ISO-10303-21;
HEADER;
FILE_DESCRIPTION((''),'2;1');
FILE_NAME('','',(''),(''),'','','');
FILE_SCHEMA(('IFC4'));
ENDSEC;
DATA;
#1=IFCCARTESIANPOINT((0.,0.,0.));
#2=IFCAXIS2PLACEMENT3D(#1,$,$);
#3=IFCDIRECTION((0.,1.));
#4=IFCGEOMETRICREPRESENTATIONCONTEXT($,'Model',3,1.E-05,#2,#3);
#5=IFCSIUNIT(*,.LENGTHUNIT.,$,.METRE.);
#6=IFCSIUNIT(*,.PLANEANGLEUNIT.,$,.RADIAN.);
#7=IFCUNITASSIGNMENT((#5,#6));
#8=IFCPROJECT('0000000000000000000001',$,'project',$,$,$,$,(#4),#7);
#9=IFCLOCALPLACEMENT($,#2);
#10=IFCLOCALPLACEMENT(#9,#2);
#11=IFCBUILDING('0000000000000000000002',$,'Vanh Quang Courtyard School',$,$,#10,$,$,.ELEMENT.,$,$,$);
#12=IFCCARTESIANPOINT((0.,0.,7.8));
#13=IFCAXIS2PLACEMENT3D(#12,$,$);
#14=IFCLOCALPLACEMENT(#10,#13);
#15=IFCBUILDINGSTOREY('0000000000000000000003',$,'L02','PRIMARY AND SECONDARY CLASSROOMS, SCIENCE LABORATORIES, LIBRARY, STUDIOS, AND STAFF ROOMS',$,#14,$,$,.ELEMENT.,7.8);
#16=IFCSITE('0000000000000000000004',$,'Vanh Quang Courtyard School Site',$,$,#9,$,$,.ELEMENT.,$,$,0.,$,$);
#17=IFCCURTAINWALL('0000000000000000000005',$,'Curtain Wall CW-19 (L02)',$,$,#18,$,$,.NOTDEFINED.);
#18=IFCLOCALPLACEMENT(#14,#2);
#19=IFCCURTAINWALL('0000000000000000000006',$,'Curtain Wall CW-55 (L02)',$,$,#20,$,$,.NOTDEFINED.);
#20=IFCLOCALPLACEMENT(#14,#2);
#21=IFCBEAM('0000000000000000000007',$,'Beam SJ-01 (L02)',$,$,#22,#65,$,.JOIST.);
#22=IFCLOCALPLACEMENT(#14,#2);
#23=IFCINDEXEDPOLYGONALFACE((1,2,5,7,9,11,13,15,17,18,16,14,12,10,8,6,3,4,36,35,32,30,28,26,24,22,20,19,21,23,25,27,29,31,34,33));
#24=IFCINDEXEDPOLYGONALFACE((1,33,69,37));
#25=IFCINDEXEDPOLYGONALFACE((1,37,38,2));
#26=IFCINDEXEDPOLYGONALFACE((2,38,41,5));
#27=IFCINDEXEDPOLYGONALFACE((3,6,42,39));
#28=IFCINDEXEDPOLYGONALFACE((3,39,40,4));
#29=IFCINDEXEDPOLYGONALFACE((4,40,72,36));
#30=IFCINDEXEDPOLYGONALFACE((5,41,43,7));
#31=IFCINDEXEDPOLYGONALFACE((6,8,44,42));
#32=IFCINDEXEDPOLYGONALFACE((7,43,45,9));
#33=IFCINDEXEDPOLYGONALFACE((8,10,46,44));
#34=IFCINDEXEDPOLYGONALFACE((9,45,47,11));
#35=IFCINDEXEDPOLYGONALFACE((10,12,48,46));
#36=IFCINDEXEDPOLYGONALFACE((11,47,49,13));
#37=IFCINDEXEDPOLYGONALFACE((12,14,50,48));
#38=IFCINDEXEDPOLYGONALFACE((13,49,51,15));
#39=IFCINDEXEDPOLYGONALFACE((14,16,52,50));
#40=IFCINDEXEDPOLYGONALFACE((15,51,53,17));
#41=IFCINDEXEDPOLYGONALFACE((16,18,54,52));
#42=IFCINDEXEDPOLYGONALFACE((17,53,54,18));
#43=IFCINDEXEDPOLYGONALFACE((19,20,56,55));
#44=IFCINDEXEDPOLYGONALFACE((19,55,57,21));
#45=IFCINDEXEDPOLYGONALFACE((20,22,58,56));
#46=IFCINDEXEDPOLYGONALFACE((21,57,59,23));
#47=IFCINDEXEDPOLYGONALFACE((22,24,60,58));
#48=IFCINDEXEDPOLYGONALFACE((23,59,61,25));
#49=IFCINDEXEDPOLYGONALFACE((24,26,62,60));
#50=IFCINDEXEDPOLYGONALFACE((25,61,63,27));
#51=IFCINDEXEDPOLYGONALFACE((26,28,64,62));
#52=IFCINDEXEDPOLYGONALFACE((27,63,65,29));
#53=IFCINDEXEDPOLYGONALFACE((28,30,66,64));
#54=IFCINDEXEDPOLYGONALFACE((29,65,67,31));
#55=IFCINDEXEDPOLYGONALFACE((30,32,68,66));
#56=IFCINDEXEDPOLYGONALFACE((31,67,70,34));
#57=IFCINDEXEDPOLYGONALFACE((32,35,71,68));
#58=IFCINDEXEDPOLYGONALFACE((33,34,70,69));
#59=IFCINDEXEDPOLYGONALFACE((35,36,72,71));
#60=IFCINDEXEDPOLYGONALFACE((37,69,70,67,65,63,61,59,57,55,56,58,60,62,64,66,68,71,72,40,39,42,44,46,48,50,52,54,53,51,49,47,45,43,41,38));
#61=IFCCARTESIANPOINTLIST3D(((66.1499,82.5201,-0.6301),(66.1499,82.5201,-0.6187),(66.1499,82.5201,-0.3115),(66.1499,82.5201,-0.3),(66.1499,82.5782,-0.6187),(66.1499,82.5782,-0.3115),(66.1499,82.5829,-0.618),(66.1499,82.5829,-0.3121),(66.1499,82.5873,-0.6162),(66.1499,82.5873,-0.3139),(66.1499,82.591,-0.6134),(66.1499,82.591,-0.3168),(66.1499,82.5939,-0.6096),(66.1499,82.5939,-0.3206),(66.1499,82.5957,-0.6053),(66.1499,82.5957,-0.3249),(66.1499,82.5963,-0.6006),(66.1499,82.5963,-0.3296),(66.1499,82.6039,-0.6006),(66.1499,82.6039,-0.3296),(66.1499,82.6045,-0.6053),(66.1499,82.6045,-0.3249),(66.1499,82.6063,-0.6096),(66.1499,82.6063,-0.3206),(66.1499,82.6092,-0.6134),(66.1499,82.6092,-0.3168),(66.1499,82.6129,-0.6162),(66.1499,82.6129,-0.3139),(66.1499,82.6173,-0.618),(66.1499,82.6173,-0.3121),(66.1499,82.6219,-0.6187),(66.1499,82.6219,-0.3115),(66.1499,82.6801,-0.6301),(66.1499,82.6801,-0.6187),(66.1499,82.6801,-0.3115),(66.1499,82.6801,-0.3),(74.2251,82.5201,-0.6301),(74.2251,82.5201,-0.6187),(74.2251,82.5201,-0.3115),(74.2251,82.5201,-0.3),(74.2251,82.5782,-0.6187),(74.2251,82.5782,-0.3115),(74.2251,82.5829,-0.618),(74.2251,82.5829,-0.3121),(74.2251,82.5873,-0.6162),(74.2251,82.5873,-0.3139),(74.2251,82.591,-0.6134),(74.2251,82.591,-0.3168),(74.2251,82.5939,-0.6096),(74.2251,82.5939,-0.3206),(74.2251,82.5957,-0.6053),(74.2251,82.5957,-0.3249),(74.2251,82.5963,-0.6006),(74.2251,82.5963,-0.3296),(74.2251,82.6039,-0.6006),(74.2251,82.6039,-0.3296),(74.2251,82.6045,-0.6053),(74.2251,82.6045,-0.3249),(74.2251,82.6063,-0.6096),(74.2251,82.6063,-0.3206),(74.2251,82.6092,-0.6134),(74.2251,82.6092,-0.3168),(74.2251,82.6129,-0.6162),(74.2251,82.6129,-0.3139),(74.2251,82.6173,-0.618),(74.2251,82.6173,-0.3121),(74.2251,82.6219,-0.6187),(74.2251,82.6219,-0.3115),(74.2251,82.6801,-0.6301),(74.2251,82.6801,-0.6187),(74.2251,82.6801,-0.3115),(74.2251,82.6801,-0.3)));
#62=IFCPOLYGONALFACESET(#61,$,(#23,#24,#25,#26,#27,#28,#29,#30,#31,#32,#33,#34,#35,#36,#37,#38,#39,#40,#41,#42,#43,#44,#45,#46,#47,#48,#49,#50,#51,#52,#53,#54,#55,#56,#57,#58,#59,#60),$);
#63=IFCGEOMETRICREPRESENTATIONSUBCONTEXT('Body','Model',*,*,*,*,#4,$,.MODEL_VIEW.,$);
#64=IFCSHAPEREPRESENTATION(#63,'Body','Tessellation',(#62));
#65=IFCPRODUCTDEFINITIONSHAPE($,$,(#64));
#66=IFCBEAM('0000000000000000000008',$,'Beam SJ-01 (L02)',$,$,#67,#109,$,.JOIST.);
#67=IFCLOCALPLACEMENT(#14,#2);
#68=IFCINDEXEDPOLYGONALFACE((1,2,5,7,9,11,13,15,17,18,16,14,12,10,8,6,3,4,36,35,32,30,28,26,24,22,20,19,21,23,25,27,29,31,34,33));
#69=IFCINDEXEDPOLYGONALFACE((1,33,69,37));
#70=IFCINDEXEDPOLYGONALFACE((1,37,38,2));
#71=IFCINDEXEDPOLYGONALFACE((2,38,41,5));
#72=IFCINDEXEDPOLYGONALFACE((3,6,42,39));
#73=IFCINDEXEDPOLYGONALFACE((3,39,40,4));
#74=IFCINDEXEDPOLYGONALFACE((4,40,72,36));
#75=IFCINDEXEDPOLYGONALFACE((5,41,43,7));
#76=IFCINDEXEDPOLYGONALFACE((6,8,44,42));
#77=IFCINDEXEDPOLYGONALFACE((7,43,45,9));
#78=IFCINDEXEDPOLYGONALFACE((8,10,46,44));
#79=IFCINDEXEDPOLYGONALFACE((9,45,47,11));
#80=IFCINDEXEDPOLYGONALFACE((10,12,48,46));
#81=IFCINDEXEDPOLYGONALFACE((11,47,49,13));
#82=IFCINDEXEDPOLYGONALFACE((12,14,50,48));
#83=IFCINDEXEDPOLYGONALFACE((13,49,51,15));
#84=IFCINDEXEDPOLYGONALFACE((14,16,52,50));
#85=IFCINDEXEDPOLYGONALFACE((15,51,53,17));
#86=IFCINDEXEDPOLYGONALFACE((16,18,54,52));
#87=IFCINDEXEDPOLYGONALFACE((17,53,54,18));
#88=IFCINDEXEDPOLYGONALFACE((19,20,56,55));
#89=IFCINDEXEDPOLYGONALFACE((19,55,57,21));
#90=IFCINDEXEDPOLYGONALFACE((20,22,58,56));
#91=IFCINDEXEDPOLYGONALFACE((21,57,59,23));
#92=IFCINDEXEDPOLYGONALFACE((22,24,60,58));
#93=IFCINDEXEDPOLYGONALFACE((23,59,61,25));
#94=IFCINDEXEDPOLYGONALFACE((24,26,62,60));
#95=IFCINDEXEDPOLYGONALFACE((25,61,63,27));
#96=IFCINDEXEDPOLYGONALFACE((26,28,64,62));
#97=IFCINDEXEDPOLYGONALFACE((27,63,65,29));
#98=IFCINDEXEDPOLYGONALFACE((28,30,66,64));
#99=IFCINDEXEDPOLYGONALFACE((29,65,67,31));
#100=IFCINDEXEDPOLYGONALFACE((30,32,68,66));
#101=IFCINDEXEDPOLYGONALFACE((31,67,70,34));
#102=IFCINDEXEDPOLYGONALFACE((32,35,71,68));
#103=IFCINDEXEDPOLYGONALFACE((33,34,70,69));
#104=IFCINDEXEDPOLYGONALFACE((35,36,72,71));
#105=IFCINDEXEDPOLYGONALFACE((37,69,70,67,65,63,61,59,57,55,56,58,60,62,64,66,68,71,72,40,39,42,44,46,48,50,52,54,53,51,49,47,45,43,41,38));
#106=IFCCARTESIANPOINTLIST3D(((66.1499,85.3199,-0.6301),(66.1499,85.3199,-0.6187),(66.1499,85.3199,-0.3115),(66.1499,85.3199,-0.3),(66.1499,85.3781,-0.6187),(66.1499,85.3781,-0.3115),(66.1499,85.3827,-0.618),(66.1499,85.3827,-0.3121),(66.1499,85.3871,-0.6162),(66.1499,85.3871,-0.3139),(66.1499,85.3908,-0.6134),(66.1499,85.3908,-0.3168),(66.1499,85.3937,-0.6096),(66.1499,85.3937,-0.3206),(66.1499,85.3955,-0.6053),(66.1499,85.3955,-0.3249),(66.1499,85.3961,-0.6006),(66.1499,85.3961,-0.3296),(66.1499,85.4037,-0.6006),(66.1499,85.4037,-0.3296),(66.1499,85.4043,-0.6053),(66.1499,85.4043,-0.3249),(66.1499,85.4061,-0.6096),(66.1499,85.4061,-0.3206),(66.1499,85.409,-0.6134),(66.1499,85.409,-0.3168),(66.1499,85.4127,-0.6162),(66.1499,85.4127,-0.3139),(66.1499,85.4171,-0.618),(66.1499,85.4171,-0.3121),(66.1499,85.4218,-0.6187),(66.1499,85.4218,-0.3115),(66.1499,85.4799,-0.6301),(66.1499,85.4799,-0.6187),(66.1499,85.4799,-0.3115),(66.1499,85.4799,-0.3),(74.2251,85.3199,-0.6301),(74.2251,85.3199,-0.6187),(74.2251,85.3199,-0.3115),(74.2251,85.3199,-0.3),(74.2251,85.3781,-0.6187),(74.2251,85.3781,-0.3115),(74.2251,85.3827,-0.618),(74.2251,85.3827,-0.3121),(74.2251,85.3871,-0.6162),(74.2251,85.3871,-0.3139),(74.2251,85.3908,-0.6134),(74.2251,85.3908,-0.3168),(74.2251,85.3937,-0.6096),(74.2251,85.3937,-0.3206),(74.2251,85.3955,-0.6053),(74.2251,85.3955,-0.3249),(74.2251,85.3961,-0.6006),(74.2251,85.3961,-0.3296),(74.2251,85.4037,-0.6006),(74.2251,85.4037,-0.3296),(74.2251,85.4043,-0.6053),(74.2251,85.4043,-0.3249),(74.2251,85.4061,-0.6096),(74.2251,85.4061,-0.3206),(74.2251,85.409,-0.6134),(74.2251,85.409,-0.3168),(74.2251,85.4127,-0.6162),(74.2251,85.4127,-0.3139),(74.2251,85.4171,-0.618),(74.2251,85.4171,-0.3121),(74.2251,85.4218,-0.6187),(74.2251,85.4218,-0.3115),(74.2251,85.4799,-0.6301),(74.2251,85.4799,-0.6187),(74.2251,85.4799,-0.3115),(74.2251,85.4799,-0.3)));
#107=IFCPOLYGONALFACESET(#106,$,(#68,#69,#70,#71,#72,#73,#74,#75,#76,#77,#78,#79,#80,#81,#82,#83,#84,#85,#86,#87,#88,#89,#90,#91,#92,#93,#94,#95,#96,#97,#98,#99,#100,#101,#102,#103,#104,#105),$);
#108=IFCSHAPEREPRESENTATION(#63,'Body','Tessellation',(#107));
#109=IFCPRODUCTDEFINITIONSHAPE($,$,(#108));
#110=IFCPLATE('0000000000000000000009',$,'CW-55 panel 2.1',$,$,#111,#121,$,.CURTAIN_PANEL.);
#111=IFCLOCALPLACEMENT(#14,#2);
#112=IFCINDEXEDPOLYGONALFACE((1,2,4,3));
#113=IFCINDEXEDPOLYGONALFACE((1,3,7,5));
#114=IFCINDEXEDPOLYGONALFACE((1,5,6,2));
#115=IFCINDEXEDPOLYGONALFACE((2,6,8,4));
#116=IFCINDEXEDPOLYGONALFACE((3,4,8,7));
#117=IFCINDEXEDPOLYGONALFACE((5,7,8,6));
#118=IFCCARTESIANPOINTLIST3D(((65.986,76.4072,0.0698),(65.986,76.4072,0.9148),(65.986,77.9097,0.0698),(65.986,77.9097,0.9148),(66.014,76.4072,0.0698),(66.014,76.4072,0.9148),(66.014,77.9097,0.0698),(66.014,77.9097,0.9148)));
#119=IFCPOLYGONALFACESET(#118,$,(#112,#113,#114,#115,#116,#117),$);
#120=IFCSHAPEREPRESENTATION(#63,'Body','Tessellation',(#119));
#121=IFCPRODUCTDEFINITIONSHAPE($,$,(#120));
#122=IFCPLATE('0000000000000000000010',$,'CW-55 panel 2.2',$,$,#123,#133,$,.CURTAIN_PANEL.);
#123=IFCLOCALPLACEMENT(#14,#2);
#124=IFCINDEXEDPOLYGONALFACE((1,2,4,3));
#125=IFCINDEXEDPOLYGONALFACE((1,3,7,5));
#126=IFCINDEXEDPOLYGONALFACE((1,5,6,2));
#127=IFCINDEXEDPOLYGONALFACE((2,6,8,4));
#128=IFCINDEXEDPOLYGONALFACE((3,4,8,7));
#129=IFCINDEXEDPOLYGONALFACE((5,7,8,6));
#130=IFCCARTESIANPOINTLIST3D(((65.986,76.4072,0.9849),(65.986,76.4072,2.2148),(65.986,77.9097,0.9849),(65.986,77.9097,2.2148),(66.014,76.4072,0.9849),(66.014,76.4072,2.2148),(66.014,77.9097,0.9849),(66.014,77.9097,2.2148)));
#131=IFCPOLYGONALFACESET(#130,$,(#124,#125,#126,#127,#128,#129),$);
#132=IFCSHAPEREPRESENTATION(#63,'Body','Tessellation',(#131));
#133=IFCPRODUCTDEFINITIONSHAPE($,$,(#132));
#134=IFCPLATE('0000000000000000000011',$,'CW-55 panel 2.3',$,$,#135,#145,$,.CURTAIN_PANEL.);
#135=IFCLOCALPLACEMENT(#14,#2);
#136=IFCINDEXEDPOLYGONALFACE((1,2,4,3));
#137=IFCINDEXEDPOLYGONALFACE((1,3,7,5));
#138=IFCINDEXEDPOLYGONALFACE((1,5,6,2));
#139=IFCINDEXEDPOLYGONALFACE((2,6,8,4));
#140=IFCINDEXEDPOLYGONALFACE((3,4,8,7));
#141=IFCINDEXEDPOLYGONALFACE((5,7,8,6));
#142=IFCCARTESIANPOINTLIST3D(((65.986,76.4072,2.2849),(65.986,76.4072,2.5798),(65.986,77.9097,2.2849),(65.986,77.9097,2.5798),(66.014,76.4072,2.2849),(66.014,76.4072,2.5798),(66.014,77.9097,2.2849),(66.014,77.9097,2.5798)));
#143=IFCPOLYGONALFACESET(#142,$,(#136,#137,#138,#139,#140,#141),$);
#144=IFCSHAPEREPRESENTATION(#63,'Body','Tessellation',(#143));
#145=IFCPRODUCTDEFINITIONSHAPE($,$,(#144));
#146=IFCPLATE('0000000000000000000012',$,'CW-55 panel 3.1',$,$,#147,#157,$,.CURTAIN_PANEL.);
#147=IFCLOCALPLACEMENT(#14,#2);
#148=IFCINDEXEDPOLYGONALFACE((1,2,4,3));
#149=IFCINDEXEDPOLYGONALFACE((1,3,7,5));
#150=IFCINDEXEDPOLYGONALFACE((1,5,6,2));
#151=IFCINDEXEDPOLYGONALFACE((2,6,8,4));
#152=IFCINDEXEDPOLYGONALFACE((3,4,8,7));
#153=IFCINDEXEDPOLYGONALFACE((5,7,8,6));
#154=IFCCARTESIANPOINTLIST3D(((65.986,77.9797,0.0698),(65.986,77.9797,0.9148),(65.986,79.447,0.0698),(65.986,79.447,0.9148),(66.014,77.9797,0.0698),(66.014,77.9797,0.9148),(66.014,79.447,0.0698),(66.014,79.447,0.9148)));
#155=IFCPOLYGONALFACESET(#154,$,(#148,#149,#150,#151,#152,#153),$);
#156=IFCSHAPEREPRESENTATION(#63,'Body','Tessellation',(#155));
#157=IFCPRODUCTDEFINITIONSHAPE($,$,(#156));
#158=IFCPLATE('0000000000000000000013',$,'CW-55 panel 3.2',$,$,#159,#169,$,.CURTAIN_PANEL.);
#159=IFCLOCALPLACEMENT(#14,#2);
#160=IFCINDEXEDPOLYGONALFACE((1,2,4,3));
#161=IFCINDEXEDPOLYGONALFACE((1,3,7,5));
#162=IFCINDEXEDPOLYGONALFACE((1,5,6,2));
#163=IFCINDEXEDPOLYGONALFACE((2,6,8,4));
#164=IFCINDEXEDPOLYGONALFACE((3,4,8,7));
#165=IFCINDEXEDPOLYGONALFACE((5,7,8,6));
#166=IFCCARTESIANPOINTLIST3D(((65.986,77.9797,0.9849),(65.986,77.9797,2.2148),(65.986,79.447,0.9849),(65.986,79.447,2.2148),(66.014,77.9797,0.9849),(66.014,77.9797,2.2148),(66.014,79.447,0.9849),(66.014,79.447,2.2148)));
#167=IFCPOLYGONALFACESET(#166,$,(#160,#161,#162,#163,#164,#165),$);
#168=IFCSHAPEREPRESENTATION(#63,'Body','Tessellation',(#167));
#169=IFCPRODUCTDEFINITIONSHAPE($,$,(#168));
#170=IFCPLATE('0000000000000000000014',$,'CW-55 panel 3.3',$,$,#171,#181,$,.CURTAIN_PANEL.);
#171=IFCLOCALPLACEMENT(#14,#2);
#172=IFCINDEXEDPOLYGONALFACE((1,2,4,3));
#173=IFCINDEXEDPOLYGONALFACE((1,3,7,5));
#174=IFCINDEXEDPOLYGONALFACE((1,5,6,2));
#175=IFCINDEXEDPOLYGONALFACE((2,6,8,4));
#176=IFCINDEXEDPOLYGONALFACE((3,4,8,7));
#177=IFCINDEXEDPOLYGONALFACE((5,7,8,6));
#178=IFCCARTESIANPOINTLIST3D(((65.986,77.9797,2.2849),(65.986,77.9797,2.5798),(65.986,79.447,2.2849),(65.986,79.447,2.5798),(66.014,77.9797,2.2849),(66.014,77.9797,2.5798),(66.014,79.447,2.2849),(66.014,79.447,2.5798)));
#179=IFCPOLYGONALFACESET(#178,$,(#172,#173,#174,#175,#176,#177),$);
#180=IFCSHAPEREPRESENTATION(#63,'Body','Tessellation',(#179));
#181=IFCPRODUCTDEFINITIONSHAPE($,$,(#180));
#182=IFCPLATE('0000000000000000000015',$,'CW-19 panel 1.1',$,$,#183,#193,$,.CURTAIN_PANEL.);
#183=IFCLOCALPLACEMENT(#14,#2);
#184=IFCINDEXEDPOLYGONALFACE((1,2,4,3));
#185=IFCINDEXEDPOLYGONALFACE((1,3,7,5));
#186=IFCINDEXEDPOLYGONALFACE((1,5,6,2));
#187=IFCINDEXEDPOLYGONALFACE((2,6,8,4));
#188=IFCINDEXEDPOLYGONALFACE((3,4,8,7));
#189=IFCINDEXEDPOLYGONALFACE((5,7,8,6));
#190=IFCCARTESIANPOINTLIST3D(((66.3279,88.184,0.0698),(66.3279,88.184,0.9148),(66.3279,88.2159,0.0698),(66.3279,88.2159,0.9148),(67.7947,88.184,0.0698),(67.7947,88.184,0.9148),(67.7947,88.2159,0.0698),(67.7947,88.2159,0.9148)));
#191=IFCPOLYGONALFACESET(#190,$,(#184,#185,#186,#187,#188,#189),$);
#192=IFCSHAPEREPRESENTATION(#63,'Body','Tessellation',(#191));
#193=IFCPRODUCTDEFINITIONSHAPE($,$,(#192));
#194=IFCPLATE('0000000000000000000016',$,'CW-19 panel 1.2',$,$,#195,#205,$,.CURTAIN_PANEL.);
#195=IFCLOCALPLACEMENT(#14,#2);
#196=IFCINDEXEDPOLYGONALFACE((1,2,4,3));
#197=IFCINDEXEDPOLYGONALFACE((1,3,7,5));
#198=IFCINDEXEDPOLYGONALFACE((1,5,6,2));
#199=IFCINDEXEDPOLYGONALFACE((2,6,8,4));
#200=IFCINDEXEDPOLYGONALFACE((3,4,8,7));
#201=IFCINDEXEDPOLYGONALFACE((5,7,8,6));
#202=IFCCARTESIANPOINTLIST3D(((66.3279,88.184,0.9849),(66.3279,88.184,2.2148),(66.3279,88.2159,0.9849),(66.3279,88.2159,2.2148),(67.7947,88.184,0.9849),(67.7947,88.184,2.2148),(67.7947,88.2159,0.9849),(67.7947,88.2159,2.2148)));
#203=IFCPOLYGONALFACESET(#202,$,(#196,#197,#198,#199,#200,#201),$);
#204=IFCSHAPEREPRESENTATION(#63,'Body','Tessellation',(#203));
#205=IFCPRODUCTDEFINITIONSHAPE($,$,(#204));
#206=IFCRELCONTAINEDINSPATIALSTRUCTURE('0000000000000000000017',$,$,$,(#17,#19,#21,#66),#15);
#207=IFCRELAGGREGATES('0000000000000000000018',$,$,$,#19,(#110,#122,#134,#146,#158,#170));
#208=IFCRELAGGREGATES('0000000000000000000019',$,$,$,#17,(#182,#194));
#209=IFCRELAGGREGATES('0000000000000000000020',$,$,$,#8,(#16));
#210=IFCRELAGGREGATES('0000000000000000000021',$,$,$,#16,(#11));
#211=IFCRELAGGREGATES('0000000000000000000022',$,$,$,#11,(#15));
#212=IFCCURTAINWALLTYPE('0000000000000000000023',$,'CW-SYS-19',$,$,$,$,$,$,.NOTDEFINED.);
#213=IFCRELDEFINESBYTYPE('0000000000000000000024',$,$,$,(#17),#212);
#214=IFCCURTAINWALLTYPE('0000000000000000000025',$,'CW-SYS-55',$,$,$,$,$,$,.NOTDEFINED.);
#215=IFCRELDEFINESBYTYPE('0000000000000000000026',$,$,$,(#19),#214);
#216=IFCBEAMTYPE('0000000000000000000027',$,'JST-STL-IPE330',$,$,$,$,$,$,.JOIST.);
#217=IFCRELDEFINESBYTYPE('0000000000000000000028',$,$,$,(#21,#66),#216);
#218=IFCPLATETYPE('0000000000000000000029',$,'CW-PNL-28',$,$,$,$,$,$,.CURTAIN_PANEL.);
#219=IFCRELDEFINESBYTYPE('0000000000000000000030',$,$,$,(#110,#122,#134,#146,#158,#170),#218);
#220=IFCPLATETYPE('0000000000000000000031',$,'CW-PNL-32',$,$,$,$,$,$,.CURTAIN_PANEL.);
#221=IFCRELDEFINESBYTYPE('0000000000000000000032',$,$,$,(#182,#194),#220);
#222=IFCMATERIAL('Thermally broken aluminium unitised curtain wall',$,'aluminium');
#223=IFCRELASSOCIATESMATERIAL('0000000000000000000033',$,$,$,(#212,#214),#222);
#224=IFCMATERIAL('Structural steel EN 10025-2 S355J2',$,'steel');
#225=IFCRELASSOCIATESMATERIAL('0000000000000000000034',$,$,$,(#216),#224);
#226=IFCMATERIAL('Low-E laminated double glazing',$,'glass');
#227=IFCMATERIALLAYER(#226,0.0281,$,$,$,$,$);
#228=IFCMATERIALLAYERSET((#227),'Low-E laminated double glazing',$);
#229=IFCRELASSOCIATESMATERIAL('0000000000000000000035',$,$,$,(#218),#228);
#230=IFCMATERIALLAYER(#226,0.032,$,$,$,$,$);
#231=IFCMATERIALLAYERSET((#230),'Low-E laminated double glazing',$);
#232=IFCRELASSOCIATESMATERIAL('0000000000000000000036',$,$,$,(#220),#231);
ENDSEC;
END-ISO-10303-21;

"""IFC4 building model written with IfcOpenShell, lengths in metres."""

from ifc_helpers import new_model, si_unit, direction, frame, origin, origin_2d, place, context, subcontext, project, spatial, rectangle, i_section, extrude, material, layer, layer_set, material_profile, profile_set, type_object, element, aggregate, save


model = new_model("IFC4")

# Units and contexts
model_context = context("Model", 3, precision=1e-05, world=origin(), true_north=direction((0.0, 1.0)))
body_context = subcontext(model_context, "Body", "Model", "MODEL_VIEW")
ifc_project = project(units=[si_unit("LENGTHUNIT", "METRE"), si_unit("PLANEANGLEUNIT", "RADIAN")], contexts=[model_context])

# Site, building, storey
site_placement = place(None, origin())
site = spatial("IfcSite", under=ifc_project, at=site_placement, Name="Vanh Quang Courtyard School Site", CompositionType="ELEMENT", RefElevation=0.0)
building_placement = place(site_placement, origin())
building = spatial("IfcBuilding", under=site, at=building_placement, Name="Vanh Quang Courtyard School", CompositionType="ELEMENT")
storey_placement = place(building_placement, frame((0.0, 0.0, 7.8)))
storey = spatial("IfcBuildingStorey", under=building, at=storey_placement, Name="L02", Description="PRIMARY AND SECONDARY CLASSROOMS, SCIENCE LABORATORIES, LIBRARY, STUDIOS, AND STAFF ROOMS", CompositionType="ELEMENT", Elevation=7.8)

# Curtain walls
ifc_material_1 = material(Name="Thermally broken aluminium unitised curtain wall", Category="aluminium")
curtain_wall_type_1 = type_object("IfcCurtainWallType", Name="CW-SYS-19", PredefinedType="NOTDEFINED", material=ifc_material_1)
curtain_wall_1_placement = place(storey_placement, origin())
curtain_wall_1 = element("IfcCurtainWall", 1, at=curtain_wall_1_placement, inside=storey, type_object=curtain_wall_type_1, Name="Curtain Wall CW-19 (L02)", PredefinedType="NOTDEFINED")
curtain_wall_type_2 = type_object("IfcCurtainWallType", Name="CW-SYS-55", PredefinedType="NOTDEFINED", material=ifc_material_1)
curtain_wall_2_placement = place(storey_placement, origin())
curtain_wall_2 = element("IfcCurtainWall", 2, at=curtain_wall_2_placement, inside=storey, type_object=curtain_wall_type_2, Name="Curtain Wall CW-55 (L02)", PredefinedType="NOTDEFINED")

# Beams
ifc_material_2 = material(Name="Structural steel EN 10025-2 S355J2", Category="steel")
ifc_material_profile_1 = material_profile(ifc_material_2, i_section(OverallWidth=0.1599, OverallDepth=0.3301, WebThickness=0.0076, FlangeThickness=0.0115, FilletRadius=0.0181, at=origin_2d()), Name="IPE 330")
ifc_profile_set_1 = profile_set([ifc_material_profile_1], Name="Structural steel EN 10025-2 S355J2")
beam_type = type_object("IfcBeamType", Name="JST-STL-IPE330", PredefinedType="JOIST", material=ifc_profile_set_1)
for number, where, z_axis, x_axis, name in (
    (3, (66.1499, 82.6001, -0.4651), (1.0, 0.0, 0.0), (0.0, 1.0, 0.0), "Beam SJ-01 (L02)"),
    (4, (66.1499, 85.3999, -0.4651), (1.0, 0.0, 0.0), (0.0, 1.0, 0.0), "Beam SJ-01 (L02)"),
):
    element("IfcBeam", number, at=place(storey_placement, frame(where, z_axis=z_axis, x_axis=x_axis)), inside=storey, type_object=beam_type, Name=name, PredefinedType="JOIST", context=body_context, shape_type="SweptSolid", body=[
        extrude(i_section(OverallWidth=0.1599, OverallDepth=0.3301, WebThickness=0.0076, FlangeThickness=0.0115, FilletRadius=0.0181, at=origin_2d()), origin(), (0.0, 0.0, 1.0), 8.0752),
    ])

# Plates
ifc_material_3 = material(Name="Low-E laminated double glazing", Category="glass")
ifc_layer_1 = layer(ifc_material_3, 0.0281)
ifc_layer_set_1 = layer_set([ifc_layer_1], Name="Low-E laminated double glazing")
plate_type_1 = type_object("IfcPlateType", Name="CW-PNL-28", PredefinedType="CURTAIN_PANEL", material=ifc_layer_set_1)
plate_1_placement = place(storey_placement, frame((66.0, 77.1584, 0.0698), z_axis=(0.0, 0.0, 1.0), x_axis=(0.0, 1.0, 0.0)))
plate_1 = element("IfcPlate", 5, at=plate_1_placement, type_object=plate_type_1, Name="CW-55 panel 2.1", PredefinedType="CURTAIN_PANEL", context=body_context, shape_type="SweptSolid", body=[
    extrude(rectangle(XDim=1.5024, YDim=0.0281, at=origin_2d()), origin(), (0.0, 0.0, 1.0), 0.845),
])
plate_2_placement = place(storey_placement, frame((66.0, 77.1584, 0.9849), z_axis=(0.0, 0.0, 1.0), x_axis=(0.0, 1.0, 0.0)))
plate_2 = element("IfcPlate", 6, at=plate_2_placement, type_object=plate_type_1, Name="CW-55 panel 2.2", PredefinedType="CURTAIN_PANEL", context=body_context, shape_type="SweptSolid", body=[
    extrude(rectangle(XDim=1.5024, YDim=0.0281, at=origin_2d()), origin(), (0.0, 0.0, 1.0), 1.23),
])
plate_3_placement = place(storey_placement, frame((66.0, 77.1584, 2.2849), z_axis=(0.0, 0.0, 1.0), x_axis=(0.0, 1.0, 0.0)))
plate_3 = element("IfcPlate", 7, at=plate_3_placement, type_object=plate_type_1, Name="CW-55 panel 2.3", PredefinedType="CURTAIN_PANEL", context=body_context, shape_type="SweptSolid", body=[
    extrude(rectangle(XDim=1.5024, YDim=0.0281, at=origin_2d()), origin(), (0.0, 0.0, 1.0), 0.2949),
])
plate_4_placement = place(storey_placement, frame((66.0, 78.7134, 0.0698), z_axis=(0.0, 0.0, 1.0), x_axis=(0.0, 1.0, 0.0)))
plate_4 = element("IfcPlate", 8, at=plate_4_placement, type_object=plate_type_1, Name="CW-55 panel 3.1", PredefinedType="CURTAIN_PANEL", context=body_context, shape_type="SweptSolid", body=[
    extrude(rectangle(XDim=1.4673, YDim=0.0281, at=origin_2d()), origin(), (0.0, 0.0, 1.0), 0.845),
])
plate_5_placement = place(storey_placement, frame((66.0, 78.7134, 0.9849), z_axis=(0.0, 0.0, 1.0), x_axis=(0.0, 1.0, 0.0)))
plate_5 = element("IfcPlate", 9, at=plate_5_placement, type_object=plate_type_1, Name="CW-55 panel 3.2", PredefinedType="CURTAIN_PANEL", context=body_context, shape_type="SweptSolid", body=[
    extrude(rectangle(XDim=1.4673, YDim=0.0281, at=origin_2d()), origin(), (0.0, 0.0, 1.0), 1.23),
])
plate_6_placement = place(storey_placement, frame((66.0, 78.7134, 2.2849), z_axis=(0.0, 0.0, 1.0), x_axis=(0.0, 1.0, 0.0)))
plate_6 = element("IfcPlate", 10, at=plate_6_placement, type_object=plate_type_1, Name="CW-55 panel 3.3", PredefinedType="CURTAIN_PANEL", context=body_context, shape_type="SweptSolid", body=[
    extrude(rectangle(XDim=1.4673, YDim=0.0281, at=origin_2d()), origin(), (0.0, 0.0, 1.0), 0.2949),
])
aggregate(curtain_wall_2, [plate_1, plate_2, plate_3, plate_4, plate_5, plate_6])
ifc_layer_2 = layer(ifc_material_3, 0.032)
ifc_layer_set_2 = layer_set([ifc_layer_2], Name="Low-E laminated double glazing")
plate_type_2 = type_object("IfcPlateType", Name="CW-PNL-32", PredefinedType="CURTAIN_PANEL", material=ifc_layer_set_2)
plate_7_placement = place(storey_placement, frame((67.0613, 88.2, 0.0698), z_axis=(0.0, 0.0, 1.0), x_axis=(1.0, 0.0, 0.0)))
plate_7 = element("IfcPlate", 11, at=plate_7_placement, type_object=plate_type_2, Name="CW-19 panel 1.1", PredefinedType="CURTAIN_PANEL", context=body_context, shape_type="SweptSolid", body=[
    extrude(rectangle(XDim=1.4668, YDim=0.032, at=origin_2d()), origin(), (0.0, 0.0, 1.0), 0.845),
])
plate_8_placement = place(storey_placement, frame((67.0613, 88.2, 0.9849), z_axis=(0.0, 0.0, 1.0), x_axis=(1.0, 0.0, 0.0)))
plate_8 = element("IfcPlate", 12, at=plate_8_placement, type_object=plate_type_2, Name="CW-19 panel 1.2", PredefinedType="CURTAIN_PANEL", context=body_context, shape_type="SweptSolid", body=[
    extrude(rectangle(XDim=1.4668, YDim=0.032, at=origin_2d()), origin(), (0.0, 0.0, 1.0), 1.23),
])
aggregate(curtain_wall_1, [plate_7, plate_8])

save(model, "model.ifc")
